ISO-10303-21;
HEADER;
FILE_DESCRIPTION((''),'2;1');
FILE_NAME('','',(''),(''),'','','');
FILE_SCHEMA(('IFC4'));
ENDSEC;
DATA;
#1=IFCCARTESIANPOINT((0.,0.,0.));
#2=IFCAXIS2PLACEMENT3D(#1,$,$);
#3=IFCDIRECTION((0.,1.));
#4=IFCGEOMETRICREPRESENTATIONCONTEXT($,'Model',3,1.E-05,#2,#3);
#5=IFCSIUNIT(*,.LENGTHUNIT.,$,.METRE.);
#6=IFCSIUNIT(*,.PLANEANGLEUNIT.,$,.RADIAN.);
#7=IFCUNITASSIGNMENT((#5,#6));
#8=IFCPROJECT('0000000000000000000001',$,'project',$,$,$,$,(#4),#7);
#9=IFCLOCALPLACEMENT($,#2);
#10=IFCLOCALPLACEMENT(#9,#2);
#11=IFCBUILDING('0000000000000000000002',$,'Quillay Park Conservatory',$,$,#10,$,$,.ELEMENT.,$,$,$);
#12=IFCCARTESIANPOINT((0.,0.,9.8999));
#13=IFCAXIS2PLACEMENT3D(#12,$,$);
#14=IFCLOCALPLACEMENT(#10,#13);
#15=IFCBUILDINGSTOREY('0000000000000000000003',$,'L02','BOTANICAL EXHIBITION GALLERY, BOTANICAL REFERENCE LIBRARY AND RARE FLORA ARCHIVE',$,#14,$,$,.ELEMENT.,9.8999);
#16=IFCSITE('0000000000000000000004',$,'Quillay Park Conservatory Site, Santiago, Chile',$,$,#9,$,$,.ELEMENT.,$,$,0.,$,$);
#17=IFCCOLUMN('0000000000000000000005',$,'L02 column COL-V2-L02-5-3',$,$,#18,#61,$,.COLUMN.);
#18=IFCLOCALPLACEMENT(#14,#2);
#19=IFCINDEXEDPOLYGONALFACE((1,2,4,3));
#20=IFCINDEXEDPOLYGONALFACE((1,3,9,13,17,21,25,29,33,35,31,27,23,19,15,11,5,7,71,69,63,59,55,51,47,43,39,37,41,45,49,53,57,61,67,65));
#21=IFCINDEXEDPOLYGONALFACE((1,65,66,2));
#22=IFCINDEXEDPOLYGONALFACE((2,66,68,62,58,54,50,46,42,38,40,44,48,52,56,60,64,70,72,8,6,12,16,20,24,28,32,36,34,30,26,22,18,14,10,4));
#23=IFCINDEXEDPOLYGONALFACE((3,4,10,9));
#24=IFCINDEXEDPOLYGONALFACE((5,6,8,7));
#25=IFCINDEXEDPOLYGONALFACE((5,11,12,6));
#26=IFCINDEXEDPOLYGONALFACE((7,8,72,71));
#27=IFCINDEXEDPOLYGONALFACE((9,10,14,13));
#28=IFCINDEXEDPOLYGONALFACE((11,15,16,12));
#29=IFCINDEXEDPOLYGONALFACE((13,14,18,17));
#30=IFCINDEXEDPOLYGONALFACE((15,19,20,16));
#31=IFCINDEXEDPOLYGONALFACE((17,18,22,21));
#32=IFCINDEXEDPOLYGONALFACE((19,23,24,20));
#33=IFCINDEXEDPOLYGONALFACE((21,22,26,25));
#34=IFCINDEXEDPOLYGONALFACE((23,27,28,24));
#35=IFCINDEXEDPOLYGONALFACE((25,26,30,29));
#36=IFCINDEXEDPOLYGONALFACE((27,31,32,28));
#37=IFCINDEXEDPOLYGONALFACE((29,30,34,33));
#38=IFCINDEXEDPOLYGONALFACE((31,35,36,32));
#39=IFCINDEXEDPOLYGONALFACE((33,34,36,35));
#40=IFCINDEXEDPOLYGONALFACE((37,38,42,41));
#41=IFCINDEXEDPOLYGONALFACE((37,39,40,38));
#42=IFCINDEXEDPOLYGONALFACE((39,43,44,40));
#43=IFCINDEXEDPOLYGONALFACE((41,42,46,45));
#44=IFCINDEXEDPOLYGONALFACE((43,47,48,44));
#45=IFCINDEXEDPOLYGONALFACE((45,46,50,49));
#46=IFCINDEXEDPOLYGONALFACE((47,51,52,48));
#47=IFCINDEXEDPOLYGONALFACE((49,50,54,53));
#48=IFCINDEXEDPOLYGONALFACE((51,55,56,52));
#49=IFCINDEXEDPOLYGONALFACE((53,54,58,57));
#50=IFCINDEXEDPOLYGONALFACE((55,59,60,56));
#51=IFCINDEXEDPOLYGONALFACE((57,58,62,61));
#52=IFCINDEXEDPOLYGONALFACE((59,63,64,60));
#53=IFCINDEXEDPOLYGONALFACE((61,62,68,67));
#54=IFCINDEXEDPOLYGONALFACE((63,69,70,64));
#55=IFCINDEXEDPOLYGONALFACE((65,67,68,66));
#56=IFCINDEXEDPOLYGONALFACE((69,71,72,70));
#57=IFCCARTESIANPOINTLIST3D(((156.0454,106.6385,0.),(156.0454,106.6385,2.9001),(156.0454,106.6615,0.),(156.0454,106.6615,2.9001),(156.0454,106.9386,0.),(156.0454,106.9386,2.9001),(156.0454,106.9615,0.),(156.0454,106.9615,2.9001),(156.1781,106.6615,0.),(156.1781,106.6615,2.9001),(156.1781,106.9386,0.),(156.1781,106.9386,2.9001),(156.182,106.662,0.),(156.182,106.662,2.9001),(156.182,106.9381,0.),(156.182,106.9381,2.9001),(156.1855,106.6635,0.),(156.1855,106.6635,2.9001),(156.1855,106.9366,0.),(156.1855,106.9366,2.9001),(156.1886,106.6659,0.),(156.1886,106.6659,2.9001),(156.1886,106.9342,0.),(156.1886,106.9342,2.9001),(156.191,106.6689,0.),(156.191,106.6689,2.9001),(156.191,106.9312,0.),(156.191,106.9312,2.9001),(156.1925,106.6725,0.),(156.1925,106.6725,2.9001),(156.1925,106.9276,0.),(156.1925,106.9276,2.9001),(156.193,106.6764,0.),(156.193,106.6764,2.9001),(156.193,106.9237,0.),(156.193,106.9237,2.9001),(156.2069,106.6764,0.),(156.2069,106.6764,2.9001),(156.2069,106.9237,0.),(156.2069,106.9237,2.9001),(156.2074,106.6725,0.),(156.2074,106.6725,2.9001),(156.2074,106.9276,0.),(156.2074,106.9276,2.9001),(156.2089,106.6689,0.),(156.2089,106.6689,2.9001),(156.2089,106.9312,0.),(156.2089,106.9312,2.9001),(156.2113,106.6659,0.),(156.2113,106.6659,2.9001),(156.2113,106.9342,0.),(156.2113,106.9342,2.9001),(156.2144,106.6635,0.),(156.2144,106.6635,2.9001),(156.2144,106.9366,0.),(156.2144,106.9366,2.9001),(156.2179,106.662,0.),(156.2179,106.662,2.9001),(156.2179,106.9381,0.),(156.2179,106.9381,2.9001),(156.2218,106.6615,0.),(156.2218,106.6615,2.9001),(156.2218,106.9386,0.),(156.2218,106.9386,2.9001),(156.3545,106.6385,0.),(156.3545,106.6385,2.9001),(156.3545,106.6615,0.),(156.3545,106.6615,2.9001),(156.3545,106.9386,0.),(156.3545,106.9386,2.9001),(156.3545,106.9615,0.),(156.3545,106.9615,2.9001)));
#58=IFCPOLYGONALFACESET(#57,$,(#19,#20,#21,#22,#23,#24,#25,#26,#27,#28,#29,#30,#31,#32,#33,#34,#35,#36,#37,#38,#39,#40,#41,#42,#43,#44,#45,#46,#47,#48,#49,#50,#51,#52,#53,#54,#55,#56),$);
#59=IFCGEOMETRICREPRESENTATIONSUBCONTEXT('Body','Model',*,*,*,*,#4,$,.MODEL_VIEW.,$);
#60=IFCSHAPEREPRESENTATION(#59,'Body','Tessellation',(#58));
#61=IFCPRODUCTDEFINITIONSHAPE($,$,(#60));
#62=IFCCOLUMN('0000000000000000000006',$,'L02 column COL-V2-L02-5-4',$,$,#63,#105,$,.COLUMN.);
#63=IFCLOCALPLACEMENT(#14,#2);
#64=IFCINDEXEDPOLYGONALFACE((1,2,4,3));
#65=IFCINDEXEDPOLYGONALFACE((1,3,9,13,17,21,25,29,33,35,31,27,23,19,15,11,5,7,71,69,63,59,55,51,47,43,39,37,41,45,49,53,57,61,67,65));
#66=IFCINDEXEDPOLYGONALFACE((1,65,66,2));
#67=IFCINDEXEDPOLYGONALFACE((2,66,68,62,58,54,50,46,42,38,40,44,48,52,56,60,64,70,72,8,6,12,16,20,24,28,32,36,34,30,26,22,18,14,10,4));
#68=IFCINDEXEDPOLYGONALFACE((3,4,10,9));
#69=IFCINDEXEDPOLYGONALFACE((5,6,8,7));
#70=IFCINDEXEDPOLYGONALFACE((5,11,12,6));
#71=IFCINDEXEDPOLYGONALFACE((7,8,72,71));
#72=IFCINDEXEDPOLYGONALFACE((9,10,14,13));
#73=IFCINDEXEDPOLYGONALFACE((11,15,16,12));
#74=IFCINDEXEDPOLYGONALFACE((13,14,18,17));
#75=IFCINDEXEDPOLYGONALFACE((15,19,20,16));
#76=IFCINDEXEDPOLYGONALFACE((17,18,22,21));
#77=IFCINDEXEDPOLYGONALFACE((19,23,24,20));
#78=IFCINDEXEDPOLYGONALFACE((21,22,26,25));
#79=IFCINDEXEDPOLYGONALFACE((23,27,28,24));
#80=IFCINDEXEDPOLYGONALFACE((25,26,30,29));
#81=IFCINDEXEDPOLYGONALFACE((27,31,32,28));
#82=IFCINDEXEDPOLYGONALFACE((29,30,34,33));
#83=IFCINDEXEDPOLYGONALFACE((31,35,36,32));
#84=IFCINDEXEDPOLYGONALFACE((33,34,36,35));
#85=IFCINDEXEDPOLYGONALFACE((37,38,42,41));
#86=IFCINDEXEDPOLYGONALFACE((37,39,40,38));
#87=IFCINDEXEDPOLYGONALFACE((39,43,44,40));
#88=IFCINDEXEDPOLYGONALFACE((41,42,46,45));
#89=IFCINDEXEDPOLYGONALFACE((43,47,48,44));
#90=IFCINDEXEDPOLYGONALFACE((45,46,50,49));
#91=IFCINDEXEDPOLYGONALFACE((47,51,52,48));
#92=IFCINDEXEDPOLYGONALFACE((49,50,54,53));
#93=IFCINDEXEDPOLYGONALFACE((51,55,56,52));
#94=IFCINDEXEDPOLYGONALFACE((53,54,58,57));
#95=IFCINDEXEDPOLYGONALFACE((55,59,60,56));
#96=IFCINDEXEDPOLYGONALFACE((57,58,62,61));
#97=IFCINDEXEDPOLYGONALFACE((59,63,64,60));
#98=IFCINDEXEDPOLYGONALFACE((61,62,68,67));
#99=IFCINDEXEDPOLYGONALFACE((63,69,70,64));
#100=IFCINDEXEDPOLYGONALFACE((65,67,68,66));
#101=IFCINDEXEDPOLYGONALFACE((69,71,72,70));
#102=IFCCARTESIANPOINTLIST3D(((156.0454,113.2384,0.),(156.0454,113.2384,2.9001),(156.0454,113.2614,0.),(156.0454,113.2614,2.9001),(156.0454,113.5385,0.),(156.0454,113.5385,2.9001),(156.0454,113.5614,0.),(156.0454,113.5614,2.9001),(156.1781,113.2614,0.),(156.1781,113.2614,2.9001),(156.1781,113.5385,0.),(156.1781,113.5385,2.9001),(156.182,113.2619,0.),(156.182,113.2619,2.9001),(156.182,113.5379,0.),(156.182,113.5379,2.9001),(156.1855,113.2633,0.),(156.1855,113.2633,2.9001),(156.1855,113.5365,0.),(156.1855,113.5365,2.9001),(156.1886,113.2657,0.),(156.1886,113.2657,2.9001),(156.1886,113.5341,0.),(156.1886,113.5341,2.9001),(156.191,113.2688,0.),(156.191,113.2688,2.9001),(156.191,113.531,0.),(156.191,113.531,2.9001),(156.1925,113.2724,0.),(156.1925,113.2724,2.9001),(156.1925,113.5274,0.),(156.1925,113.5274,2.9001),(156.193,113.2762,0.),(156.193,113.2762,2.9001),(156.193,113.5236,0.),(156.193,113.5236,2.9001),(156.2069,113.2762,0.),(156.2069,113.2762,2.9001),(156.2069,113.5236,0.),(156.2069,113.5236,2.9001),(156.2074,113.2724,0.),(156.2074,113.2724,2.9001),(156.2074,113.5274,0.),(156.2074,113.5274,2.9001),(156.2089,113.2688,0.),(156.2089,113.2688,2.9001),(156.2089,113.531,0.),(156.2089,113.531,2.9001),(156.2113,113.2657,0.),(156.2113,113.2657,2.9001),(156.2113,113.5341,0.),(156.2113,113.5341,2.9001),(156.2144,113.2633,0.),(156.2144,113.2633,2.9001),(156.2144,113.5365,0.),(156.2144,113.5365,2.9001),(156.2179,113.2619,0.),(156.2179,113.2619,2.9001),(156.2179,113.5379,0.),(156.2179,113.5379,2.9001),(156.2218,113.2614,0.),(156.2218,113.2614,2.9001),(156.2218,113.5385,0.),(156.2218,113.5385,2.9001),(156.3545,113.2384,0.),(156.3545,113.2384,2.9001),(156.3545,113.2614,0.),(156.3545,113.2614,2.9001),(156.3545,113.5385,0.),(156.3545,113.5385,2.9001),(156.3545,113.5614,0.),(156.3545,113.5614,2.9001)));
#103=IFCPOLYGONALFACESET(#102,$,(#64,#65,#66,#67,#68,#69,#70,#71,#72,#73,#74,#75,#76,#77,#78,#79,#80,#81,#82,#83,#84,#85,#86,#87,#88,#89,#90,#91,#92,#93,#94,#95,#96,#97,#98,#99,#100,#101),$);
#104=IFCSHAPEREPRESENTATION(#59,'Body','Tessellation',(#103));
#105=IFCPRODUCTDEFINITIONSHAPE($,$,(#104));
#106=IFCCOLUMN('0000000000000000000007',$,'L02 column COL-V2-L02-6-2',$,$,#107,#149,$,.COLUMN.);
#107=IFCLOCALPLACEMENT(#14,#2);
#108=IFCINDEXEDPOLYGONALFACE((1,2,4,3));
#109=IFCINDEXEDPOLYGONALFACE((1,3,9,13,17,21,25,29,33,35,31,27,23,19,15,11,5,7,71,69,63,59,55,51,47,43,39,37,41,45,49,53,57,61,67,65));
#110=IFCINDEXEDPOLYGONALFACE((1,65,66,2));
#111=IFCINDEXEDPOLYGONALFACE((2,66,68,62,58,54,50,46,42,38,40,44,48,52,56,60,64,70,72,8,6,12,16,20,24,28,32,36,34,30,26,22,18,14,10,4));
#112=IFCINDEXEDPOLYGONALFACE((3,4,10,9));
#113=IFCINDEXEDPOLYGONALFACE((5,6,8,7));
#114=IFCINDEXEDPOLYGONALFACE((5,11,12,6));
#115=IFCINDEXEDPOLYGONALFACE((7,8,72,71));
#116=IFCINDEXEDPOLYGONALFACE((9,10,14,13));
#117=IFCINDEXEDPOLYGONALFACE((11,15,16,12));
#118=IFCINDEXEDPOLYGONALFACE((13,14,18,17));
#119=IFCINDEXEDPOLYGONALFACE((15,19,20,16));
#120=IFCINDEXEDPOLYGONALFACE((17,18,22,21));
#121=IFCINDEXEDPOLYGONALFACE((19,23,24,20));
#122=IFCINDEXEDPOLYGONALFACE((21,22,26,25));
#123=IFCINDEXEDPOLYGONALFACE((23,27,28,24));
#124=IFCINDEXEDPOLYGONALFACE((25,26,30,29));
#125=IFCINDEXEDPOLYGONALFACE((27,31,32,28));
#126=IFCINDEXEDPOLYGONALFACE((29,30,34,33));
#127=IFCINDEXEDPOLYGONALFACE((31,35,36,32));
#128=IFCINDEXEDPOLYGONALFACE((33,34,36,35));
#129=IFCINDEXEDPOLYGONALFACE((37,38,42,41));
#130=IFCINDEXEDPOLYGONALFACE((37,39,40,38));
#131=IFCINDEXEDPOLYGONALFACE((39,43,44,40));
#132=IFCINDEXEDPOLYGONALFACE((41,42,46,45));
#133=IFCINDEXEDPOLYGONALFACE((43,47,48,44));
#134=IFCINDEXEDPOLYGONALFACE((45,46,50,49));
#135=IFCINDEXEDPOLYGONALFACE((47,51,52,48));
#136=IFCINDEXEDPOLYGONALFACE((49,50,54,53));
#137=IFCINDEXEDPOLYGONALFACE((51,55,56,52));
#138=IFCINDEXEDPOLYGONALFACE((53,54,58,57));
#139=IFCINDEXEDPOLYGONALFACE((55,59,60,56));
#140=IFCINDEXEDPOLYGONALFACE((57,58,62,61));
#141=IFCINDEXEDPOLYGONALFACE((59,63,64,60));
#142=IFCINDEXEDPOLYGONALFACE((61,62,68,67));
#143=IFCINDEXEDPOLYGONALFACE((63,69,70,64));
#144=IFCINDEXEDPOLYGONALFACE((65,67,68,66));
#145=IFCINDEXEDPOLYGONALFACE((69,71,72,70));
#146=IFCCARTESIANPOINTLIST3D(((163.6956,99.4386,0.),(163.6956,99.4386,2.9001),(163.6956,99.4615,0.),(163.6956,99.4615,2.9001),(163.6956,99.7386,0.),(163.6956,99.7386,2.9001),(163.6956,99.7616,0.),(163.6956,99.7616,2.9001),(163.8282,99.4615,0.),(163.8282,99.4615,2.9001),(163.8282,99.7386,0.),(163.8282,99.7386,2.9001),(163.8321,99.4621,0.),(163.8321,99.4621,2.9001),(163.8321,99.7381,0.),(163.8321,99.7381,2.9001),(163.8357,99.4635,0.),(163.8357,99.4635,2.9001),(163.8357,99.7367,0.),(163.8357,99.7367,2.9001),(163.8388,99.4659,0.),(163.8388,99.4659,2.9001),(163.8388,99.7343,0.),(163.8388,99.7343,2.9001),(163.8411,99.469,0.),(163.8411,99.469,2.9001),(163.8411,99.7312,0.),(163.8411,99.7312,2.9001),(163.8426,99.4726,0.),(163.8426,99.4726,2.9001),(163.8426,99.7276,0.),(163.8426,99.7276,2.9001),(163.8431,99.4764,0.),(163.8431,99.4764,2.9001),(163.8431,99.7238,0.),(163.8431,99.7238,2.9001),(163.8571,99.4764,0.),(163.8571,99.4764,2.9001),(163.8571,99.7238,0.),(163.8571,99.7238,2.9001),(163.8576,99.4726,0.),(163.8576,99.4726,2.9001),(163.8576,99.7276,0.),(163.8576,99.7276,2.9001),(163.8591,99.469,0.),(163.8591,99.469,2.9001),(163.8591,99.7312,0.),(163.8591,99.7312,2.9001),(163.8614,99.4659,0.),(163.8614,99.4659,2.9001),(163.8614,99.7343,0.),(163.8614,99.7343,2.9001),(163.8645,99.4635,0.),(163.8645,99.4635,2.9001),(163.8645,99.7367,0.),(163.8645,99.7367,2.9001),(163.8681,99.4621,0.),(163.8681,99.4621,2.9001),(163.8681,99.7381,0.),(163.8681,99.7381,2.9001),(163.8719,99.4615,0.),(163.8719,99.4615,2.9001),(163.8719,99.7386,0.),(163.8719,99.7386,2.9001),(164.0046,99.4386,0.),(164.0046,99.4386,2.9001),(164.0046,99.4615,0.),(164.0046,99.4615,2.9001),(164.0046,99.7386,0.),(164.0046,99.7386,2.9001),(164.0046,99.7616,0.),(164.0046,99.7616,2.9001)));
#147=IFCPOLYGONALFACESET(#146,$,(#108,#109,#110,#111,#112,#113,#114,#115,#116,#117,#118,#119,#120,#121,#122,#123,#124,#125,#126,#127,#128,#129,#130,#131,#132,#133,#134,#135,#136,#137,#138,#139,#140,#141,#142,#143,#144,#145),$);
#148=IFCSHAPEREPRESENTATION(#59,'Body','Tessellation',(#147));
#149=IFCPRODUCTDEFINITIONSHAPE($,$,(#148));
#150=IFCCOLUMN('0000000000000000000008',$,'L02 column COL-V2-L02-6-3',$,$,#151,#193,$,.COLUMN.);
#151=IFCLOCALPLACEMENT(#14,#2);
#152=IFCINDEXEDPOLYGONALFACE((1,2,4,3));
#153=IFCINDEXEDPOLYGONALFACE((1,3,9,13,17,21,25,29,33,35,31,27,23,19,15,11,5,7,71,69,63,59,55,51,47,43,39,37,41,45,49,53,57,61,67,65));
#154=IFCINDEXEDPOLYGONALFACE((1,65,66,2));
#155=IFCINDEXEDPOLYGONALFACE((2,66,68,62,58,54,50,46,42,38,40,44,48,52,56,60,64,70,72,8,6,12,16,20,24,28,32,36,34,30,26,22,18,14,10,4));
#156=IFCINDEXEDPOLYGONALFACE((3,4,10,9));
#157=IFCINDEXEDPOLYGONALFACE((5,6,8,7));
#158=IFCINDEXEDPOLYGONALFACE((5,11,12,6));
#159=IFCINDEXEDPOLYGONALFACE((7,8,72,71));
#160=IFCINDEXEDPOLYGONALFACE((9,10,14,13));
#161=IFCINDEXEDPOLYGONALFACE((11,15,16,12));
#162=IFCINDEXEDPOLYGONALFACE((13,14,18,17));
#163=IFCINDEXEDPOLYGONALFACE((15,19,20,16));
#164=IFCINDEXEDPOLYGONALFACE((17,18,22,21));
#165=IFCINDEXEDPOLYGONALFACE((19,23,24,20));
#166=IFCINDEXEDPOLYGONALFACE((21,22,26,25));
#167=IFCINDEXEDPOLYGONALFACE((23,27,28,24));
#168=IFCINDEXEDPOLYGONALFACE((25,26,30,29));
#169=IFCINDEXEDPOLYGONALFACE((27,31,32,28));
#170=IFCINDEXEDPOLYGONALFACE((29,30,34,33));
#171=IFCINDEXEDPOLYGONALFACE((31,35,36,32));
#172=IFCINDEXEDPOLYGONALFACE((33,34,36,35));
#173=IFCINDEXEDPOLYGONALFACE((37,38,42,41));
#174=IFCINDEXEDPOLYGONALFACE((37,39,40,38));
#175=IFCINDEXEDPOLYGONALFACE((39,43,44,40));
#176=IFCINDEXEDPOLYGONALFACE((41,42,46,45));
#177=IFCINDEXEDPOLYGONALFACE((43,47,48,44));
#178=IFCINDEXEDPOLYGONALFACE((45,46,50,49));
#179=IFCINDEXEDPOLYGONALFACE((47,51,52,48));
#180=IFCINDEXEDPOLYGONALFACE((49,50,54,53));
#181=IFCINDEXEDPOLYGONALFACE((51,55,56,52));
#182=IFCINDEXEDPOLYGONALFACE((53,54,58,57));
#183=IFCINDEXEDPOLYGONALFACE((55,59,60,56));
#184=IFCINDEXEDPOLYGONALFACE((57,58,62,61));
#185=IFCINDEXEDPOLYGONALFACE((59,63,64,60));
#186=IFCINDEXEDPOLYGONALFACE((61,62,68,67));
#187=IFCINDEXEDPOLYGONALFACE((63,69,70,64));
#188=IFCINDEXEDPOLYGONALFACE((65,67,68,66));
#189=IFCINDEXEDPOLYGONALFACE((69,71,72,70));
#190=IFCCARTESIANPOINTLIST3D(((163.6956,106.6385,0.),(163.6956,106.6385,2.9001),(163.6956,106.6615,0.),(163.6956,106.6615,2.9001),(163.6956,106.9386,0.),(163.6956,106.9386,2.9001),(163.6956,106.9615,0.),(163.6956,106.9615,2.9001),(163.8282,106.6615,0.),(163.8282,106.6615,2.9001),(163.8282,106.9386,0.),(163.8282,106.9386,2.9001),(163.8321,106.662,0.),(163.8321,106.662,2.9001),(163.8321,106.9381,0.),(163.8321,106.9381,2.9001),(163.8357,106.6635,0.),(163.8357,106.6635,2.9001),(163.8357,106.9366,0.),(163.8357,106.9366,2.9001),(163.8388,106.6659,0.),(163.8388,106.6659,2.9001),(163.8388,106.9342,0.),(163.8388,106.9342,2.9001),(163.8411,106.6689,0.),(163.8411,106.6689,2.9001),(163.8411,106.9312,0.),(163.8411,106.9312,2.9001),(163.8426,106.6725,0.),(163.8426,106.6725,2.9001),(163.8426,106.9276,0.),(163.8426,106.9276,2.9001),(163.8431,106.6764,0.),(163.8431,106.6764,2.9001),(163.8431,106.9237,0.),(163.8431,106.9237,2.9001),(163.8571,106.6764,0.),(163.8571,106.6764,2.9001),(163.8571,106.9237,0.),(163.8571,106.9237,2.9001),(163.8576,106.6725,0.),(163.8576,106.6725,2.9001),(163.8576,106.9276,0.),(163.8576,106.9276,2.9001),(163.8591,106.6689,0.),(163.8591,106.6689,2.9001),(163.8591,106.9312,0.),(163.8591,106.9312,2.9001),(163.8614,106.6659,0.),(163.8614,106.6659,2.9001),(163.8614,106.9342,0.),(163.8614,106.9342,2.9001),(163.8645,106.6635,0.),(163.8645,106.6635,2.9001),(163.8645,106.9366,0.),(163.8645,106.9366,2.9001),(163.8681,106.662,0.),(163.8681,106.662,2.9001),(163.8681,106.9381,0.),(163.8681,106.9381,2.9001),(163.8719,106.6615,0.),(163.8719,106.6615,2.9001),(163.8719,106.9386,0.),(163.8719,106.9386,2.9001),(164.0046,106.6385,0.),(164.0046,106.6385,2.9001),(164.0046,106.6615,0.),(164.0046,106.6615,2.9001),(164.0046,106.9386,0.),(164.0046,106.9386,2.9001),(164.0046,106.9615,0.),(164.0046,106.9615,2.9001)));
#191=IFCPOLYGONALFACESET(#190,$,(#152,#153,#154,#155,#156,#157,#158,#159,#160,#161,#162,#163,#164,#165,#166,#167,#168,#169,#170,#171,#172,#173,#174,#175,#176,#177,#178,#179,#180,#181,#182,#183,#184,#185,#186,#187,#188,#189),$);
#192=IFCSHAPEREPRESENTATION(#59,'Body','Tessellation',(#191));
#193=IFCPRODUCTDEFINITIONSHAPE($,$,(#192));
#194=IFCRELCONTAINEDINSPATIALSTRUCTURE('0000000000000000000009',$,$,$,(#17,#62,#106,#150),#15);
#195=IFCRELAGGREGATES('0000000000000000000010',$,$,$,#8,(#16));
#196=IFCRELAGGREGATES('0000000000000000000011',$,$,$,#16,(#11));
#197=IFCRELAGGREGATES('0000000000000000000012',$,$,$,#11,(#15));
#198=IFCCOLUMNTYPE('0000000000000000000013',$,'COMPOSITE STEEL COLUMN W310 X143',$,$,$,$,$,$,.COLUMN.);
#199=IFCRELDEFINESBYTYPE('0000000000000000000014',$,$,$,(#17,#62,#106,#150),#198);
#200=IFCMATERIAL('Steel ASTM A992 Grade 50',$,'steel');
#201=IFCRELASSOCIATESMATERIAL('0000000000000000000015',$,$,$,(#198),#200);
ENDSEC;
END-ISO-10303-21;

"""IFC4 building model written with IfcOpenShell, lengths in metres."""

from ifc_helpers import new_model, si_unit, direction, frame, origin, origin_2d, place, context, subcontext, project, spatial, i_section, extrude, material, material_profile, profile_set, type_object, element, save


model = new_model("IFC4")

# Units and contexts
model_context = context("Model", 3, precision=1e-05, world=origin(), true_north=direction((0.0, 1.0)))
body_context = subcontext(model_context, "Body", "Model", "MODEL_VIEW")
ifc_project = project(units=[si_unit("LENGTHUNIT", "METRE"), si_unit("PLANEANGLEUNIT", "RADIAN")], contexts=[model_context])

# Site, building, storey
site_placement = place(None, origin())
site = spatial("IfcSite", under=ifc_project, at=site_placement, Name="Quillay Park Conservatory Site, Santiago, Chile", CompositionType="ELEMENT", RefElevation=0.0)
building_placement = place(site_placement, origin())
building = spatial("IfcBuilding", under=site, at=building_placement, Name="Quillay Park Conservatory", CompositionType="ELEMENT")
storey_placement = place(building_placement, frame((0.0, 0.0, 9.8999)))
storey = spatial("IfcBuildingStorey", under=building, at=storey_placement, Name="L02", Description="BOTANICAL EXHIBITION GALLERY, BOTANICAL REFERENCE LIBRARY AND RARE FLORA ARCHIVE", CompositionType="ELEMENT", Elevation=9.8999)

# Columns
ifc_material_1 = material(Name="Steel ASTM A992 Grade 50", Category="steel")
ifc_material_profile_1 = material_profile(ifc_material_1, i_section(OverallWidth=0.3091, OverallDepth=0.323, WebThickness=0.0139, FlangeThickness=0.0229, FilletRadius=0.0149, at=origin_2d()), Name="W310x143")
ifc_profile_set_1 = profile_set([ifc_material_profile_1], Name="Steel ASTM A992 Grade 50")
column_type = type_object("IfcColumnType", Name="COMPOSITE STEEL COLUMN W310 X143", PredefinedType="COLUMN", material=ifc_profile_set_1)
for number, where, z_axis, x_axis, name in (
    (1, (156.2, 106.8, 0.0), (0.0, 0.0, 1.0), (1.0, 0.0, 0.0), "L02 column COL-V2-L02-5-3"),
    (2, (156.2, 113.3999, 0.0), (0.0, 0.0, 1.0), (1.0, 0.0, 0.0), "L02 column COL-V2-L02-5-4"),
    (3, (163.8501, 99.6001, 0.0), (0.0, 0.0, 1.0), (1.0, 0.0, 0.0), "L02 column COL-V2-L02-6-2"),
    (4, (163.8501, 106.8, 0.0), (0.0, 0.0, 1.0), (1.0, 0.0, 0.0), "L02 column COL-V2-L02-6-3"),
):
    element("IfcColumn", number, at=place(storey_placement, frame(where, z_axis=z_axis, x_axis=x_axis)), inside=storey, type_object=column_type, Name=name, PredefinedType="COLUMN", context=body_context, shape_type="SweptSolid", body=[
        extrude(i_section(OverallWidth=0.3091, OverallDepth=0.323, WebThickness=0.0139, FlangeThickness=0.0229, FilletRadius=0.0149, at=origin_2d()), origin(), (0.0, 0.0, 1.0), 2.9001),
    ])

save(model, "model.ifc")
